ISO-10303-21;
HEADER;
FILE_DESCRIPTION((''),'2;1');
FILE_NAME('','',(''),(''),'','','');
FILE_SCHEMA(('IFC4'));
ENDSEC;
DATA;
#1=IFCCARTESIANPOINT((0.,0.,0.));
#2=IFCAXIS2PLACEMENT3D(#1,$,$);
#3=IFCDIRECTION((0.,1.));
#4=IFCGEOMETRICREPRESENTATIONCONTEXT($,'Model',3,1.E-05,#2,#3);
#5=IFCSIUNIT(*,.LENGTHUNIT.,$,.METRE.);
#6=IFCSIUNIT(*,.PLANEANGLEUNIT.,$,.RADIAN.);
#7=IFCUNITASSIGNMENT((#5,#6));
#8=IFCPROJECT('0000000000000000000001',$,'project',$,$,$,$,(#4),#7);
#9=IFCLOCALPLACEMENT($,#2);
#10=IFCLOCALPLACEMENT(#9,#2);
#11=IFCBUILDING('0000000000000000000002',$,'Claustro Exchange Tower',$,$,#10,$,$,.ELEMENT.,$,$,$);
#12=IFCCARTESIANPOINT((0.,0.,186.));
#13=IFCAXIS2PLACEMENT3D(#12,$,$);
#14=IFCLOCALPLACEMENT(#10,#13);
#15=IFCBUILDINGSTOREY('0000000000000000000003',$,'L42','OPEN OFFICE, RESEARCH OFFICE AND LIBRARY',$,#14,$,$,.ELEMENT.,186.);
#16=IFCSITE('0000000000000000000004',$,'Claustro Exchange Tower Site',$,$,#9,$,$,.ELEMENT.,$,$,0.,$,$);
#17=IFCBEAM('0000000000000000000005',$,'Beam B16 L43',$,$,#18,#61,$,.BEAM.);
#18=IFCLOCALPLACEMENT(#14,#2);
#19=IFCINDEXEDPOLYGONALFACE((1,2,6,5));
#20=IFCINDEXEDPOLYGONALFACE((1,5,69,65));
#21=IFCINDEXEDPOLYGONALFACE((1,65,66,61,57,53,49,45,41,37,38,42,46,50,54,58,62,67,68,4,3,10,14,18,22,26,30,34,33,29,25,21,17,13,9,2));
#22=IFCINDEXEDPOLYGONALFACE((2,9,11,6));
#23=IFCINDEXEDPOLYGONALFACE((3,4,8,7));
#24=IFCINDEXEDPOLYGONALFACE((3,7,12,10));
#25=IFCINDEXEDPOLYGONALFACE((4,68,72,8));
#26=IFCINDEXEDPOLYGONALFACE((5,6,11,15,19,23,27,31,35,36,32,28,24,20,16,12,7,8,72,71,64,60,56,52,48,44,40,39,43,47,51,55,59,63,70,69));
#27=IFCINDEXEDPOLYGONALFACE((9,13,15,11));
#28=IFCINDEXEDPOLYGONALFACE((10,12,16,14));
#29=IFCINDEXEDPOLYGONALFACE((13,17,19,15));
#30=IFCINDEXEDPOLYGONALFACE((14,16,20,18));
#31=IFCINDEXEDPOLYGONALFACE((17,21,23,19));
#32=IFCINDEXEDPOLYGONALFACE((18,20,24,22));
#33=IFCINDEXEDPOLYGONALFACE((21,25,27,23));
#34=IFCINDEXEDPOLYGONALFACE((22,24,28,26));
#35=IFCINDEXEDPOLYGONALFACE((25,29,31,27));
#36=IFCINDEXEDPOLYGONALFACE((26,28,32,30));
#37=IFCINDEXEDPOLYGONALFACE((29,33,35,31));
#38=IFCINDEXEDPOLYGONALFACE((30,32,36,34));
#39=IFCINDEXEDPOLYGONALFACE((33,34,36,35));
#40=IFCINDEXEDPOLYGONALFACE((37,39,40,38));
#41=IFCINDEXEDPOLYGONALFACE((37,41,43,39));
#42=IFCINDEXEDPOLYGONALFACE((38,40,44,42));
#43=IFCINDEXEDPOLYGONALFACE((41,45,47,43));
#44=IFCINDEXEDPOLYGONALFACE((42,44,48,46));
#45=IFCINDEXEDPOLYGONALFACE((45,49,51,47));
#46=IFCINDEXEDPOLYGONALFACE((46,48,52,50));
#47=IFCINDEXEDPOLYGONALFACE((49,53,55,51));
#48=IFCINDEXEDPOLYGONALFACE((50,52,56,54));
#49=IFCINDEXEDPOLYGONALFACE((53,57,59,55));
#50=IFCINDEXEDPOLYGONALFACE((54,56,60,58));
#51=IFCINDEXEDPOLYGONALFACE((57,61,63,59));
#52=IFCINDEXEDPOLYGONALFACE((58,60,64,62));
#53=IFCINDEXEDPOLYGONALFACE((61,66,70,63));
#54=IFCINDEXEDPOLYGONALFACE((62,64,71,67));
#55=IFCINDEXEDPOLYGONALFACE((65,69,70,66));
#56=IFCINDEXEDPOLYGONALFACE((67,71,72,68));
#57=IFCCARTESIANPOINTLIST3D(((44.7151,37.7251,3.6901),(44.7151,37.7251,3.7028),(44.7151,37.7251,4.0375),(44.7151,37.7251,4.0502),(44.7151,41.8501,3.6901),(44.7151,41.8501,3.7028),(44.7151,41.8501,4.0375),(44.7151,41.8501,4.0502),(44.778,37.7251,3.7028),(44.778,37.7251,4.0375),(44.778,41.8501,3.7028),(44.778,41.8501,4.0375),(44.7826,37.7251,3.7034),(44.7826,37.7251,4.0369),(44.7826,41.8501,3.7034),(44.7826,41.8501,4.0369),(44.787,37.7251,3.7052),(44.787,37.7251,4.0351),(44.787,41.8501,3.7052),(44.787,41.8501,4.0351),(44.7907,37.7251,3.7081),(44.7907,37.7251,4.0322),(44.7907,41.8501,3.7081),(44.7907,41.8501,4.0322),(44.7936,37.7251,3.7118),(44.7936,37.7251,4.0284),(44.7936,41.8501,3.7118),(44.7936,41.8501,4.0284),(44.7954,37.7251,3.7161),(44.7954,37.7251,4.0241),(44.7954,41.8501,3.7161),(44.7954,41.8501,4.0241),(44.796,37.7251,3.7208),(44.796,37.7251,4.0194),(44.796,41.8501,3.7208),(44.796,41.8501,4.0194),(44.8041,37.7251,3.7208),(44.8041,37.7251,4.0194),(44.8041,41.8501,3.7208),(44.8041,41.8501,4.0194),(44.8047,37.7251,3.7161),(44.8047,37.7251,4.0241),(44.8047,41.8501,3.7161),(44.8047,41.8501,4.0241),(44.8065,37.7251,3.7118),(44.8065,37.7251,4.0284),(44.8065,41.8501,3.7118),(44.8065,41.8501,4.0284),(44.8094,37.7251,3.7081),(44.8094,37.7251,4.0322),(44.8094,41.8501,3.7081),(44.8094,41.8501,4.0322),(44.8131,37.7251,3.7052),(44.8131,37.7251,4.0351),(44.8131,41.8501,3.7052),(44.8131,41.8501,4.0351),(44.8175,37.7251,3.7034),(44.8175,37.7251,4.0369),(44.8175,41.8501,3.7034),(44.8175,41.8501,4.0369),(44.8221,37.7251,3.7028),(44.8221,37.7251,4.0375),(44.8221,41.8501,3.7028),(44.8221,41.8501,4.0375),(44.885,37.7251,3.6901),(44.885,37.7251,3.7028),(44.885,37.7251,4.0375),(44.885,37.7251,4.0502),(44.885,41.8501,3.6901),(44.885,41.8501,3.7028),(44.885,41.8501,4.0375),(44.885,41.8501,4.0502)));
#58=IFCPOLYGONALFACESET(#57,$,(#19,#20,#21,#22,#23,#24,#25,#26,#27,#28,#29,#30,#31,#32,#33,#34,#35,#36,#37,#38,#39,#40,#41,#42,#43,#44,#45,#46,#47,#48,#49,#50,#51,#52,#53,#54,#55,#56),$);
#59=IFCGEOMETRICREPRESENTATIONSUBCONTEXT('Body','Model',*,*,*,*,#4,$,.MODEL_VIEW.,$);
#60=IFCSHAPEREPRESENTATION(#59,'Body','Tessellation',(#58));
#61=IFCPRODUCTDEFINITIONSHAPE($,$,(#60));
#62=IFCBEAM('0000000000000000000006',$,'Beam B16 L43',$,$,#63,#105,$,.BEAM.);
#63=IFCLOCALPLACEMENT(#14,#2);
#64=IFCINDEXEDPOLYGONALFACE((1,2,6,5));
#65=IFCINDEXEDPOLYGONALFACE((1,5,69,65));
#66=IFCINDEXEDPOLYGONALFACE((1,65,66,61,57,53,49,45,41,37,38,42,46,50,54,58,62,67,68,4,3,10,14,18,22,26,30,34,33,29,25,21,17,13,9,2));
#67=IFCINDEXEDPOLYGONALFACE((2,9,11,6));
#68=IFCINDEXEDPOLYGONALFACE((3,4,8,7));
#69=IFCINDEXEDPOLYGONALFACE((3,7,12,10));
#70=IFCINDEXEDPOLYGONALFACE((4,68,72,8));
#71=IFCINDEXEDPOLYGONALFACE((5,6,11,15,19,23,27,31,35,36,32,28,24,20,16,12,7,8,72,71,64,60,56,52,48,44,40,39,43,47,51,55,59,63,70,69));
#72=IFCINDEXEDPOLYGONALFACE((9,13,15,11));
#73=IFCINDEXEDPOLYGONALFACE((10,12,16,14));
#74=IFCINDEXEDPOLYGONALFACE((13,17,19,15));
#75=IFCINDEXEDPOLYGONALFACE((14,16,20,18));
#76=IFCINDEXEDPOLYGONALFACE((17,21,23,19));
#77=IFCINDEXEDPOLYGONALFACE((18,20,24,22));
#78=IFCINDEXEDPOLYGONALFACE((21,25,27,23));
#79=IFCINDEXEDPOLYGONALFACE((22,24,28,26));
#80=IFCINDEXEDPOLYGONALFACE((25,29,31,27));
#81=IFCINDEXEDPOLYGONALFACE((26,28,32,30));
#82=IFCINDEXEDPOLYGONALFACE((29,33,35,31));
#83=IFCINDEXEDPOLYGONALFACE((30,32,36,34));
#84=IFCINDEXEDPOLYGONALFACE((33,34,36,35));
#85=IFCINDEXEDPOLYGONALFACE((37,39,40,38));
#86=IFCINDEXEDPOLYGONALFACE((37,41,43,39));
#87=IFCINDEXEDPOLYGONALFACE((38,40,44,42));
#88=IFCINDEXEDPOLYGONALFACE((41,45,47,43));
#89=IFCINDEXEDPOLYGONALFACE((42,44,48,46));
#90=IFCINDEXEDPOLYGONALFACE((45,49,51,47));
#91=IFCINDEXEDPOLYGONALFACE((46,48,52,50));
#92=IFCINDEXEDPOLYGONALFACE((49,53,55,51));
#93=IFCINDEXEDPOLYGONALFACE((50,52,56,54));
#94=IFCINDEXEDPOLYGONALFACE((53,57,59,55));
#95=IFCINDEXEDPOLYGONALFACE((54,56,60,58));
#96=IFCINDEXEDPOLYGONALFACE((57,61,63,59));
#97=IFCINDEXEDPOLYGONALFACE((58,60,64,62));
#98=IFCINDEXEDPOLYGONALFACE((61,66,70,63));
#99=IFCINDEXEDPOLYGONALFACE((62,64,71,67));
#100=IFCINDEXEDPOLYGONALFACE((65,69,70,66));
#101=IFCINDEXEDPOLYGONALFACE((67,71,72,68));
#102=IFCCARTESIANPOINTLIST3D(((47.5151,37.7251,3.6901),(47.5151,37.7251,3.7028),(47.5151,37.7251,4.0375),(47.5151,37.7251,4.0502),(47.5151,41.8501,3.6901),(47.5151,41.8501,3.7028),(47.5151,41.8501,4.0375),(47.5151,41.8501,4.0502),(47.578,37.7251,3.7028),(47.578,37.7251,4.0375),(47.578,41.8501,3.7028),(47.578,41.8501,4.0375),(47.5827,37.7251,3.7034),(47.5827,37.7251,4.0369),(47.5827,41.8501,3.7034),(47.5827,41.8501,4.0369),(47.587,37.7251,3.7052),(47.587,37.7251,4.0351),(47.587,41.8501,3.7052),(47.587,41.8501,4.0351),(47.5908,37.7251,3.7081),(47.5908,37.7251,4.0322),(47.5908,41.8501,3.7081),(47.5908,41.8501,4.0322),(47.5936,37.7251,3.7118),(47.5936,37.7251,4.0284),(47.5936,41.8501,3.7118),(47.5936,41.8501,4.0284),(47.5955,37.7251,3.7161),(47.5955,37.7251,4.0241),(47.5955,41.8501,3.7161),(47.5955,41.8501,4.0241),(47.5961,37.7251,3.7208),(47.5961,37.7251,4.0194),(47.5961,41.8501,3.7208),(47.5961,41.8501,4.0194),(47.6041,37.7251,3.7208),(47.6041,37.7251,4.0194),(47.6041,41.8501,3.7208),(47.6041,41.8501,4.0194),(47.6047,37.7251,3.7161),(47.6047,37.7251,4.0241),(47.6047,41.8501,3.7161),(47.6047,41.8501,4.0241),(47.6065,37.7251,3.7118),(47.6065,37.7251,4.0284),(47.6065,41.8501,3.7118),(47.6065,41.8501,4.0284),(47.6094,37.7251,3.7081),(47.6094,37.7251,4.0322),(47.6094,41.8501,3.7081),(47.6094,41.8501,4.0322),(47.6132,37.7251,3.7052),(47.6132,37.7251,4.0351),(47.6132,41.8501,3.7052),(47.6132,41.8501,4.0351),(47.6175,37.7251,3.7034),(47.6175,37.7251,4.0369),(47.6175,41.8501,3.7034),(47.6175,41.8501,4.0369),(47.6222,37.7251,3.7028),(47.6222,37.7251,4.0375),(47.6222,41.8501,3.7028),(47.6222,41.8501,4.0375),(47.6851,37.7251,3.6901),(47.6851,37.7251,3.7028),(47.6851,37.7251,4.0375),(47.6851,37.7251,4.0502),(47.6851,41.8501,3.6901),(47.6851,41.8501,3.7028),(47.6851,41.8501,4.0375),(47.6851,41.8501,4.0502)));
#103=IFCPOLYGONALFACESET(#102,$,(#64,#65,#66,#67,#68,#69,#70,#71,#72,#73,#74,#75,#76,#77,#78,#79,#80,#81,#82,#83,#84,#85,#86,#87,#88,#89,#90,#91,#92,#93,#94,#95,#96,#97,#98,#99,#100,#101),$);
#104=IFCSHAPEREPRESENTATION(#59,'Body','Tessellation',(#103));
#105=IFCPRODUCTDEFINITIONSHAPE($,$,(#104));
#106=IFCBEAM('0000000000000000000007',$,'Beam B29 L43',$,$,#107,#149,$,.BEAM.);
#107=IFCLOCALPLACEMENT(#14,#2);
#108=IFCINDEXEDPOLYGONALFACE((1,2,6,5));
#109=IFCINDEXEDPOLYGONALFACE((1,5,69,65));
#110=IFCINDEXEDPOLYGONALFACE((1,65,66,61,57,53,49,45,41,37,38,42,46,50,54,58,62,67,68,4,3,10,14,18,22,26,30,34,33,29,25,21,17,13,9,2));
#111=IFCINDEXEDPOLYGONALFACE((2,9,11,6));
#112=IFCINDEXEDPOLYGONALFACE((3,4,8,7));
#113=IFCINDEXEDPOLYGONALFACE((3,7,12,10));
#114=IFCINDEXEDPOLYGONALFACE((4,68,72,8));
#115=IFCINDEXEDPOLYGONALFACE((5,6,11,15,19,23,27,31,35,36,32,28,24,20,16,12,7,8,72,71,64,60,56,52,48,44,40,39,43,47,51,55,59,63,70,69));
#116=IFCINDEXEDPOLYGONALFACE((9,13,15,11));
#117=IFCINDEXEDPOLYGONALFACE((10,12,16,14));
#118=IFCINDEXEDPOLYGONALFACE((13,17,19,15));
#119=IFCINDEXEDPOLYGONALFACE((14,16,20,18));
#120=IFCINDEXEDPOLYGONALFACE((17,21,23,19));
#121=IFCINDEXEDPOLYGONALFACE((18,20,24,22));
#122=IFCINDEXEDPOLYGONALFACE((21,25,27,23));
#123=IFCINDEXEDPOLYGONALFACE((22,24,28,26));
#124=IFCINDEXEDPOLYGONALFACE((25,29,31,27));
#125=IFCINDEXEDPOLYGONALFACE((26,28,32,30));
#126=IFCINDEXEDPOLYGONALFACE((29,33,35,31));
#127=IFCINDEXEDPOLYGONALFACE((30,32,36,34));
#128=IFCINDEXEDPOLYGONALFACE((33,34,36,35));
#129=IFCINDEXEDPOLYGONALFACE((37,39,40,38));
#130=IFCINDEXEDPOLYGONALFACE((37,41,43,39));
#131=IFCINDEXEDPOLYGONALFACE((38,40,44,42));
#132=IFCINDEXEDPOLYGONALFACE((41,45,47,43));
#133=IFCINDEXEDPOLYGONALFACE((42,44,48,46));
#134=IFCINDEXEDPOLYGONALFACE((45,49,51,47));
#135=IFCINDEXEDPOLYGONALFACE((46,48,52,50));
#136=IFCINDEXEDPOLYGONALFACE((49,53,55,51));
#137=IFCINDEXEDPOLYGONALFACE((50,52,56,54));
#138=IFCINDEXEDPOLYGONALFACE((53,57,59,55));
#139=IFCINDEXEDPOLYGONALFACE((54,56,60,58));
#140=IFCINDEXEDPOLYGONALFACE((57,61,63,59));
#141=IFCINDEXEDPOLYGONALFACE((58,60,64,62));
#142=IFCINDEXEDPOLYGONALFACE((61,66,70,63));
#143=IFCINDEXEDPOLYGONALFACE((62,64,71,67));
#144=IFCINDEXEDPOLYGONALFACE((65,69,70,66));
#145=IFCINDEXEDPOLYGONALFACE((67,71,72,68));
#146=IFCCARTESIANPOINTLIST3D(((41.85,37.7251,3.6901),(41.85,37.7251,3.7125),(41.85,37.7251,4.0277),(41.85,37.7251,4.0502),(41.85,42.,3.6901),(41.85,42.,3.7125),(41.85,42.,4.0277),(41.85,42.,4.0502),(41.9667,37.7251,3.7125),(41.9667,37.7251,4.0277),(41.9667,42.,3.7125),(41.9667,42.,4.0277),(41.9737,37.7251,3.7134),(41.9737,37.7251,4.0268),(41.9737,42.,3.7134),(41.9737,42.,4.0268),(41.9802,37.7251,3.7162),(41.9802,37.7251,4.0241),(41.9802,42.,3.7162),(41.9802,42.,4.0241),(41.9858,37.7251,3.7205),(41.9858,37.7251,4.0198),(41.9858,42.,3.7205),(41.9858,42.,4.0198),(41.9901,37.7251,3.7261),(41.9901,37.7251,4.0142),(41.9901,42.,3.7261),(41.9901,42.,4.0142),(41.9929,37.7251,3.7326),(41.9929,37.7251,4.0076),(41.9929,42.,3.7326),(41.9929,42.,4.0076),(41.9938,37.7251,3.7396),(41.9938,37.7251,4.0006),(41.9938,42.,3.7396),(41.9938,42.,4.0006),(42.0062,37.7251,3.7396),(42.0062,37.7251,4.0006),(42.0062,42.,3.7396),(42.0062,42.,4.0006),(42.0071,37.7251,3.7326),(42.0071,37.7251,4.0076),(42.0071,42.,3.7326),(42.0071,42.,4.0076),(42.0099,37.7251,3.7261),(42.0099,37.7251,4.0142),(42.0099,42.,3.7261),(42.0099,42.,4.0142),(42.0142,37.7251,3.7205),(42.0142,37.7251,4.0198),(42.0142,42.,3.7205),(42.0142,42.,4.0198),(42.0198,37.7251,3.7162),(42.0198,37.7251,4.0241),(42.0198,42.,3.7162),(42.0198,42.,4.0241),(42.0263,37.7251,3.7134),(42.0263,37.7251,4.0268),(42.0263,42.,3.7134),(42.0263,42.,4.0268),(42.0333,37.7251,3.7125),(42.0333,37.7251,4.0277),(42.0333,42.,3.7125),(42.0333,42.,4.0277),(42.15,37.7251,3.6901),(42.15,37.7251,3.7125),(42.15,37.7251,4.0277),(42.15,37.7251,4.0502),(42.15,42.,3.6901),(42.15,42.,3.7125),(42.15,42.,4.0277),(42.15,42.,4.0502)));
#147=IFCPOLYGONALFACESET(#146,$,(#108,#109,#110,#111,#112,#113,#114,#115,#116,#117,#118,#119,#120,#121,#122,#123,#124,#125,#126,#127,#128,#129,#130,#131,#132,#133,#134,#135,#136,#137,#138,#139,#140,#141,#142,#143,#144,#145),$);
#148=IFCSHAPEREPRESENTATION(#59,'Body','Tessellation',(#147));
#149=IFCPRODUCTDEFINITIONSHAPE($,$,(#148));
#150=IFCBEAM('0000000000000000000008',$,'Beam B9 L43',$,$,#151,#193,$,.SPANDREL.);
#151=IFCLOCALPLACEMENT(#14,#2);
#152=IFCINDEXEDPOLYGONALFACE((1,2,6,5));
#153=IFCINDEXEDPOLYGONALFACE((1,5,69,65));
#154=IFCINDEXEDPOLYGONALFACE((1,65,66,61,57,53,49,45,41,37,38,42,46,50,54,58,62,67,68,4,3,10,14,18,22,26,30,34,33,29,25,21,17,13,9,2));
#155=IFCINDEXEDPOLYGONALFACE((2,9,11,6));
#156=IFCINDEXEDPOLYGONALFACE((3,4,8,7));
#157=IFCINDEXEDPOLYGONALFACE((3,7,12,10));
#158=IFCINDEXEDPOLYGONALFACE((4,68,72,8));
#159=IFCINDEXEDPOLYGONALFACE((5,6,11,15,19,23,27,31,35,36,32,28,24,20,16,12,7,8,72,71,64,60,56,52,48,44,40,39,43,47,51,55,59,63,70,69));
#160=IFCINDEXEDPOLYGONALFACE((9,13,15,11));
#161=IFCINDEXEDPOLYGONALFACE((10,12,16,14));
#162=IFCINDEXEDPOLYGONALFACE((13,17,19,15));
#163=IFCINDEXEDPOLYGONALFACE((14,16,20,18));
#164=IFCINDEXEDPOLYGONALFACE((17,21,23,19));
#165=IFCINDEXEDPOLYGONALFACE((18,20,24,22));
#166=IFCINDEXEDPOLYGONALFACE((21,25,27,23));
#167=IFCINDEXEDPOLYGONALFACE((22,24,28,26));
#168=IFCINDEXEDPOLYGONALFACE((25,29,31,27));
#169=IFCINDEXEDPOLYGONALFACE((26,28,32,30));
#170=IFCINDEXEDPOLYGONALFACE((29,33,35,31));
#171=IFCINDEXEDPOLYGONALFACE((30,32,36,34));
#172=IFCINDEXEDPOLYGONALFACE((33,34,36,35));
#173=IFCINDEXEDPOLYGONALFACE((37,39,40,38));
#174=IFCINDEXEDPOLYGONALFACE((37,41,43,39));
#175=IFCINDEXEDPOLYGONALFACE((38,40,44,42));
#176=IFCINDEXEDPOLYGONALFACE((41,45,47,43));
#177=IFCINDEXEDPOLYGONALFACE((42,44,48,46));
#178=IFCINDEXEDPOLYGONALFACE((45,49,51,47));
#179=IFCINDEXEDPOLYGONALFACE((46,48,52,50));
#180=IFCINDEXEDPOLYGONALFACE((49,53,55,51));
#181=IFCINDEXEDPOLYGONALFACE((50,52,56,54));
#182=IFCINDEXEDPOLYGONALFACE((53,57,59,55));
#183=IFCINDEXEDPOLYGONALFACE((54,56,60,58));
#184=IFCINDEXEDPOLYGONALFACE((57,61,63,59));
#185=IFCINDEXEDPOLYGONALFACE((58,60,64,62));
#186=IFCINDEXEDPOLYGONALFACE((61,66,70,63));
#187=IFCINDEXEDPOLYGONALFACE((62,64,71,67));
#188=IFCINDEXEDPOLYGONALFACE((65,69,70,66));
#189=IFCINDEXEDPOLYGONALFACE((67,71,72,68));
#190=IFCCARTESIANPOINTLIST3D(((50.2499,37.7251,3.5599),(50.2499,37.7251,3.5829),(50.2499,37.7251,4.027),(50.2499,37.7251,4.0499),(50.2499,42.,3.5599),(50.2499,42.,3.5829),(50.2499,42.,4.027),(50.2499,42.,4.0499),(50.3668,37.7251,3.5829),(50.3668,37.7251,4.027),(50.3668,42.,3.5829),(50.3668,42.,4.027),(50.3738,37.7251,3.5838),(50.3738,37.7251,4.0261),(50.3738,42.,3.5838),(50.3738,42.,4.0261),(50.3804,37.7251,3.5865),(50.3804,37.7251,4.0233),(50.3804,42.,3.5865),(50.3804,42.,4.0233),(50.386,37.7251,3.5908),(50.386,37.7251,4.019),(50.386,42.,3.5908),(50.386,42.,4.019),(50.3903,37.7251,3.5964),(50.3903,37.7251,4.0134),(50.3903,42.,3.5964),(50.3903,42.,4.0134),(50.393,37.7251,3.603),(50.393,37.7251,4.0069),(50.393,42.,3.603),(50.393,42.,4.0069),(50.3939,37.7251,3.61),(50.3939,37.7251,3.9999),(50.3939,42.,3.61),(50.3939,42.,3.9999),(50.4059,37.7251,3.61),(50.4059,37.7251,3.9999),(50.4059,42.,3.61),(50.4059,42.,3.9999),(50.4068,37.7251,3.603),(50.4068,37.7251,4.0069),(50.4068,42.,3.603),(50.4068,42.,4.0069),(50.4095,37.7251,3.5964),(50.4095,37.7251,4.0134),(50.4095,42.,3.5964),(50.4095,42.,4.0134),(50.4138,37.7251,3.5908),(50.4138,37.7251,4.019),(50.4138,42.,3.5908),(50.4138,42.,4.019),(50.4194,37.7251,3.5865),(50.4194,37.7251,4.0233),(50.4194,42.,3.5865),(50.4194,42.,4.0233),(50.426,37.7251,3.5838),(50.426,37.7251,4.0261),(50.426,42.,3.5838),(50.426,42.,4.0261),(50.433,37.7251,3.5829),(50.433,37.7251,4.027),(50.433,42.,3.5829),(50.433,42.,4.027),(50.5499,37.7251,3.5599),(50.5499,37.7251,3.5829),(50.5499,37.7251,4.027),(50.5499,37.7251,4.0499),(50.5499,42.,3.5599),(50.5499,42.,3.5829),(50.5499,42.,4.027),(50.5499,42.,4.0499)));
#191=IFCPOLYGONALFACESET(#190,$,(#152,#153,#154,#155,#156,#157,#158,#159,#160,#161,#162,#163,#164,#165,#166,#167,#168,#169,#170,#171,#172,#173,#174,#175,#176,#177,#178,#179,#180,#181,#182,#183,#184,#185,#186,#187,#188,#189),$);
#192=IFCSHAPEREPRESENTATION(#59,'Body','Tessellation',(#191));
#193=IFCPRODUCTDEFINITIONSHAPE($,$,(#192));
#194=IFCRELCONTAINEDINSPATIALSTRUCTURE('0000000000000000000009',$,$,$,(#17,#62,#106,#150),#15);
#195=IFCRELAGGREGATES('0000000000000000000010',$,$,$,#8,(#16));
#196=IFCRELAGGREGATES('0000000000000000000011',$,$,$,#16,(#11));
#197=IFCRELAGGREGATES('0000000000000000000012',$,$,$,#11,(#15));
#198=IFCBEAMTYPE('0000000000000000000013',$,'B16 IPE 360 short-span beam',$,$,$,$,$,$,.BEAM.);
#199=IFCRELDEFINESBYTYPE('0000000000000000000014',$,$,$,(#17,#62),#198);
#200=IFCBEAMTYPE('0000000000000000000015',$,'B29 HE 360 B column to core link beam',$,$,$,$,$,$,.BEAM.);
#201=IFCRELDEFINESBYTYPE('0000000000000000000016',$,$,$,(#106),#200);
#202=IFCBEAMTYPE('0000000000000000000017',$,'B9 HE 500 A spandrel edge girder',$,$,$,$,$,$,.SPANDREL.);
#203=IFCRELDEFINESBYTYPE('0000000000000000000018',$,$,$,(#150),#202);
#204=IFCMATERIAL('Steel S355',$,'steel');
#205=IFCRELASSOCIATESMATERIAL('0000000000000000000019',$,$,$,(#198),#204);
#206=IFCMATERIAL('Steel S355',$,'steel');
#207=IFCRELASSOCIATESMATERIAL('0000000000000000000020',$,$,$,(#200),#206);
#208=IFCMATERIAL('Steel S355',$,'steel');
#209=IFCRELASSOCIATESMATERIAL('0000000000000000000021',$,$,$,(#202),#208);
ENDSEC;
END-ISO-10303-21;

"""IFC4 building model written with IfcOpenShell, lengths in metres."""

from ifc_helpers import new_model, si_unit, direction, frame, origin, origin_2d, place, context, subcontext, project, spatial, i_section, extrude, material, material_profile, profile_set, type_object, element, save


model = new_model("IFC4")

# Units and contexts
model_context = context("Model", 3, precision=1e-05, world=origin(), true_north=direction((0.0, 1.0)))
body_context = subcontext(model_context, "Body", "Model", "MODEL_VIEW")
ifc_project = project(units=[si_unit("LENGTHUNIT", "METRE"), si_unit("PLANEANGLEUNIT", "RADIAN")], contexts=[model_context])

# Site, building, storey
site_placement = place(None, origin())
site = spatial("IfcSite", under=ifc_project, at=site_placement, Name="Claustro Exchange Tower Site", CompositionType="ELEMENT", RefElevation=0.0)
building_placement = place(site_placement, origin())
building = spatial("IfcBuilding", under=site, at=building_placement, Name="Claustro Exchange Tower", CompositionType="ELEMENT")
storey_placement = place(building_placement, frame((0.0, 0.0, 186.0)))
storey = spatial("IfcBuildingStorey", under=building, at=storey_placement, Name="L42", Description="OPEN OFFICE, RESEARCH OFFICE AND LIBRARY", CompositionType="ELEMENT", Elevation=186.0)

# Beams
ifc_material_1 = material(Name="Steel S355", Category="steel")
ifc_material_profile_1 = material_profile(ifc_material_1, i_section(OverallWidth=0.1699, OverallDepth=0.3601, WebThickness=0.0081, FlangeThickness=0.0127, FilletRadius=0.0181, at=origin_2d()), Name="IPE 360")
ifc_profile_set_1 = profile_set([ifc_material_profile_1], Name="Steel S355")
beam_type_1 = type_object("IfcBeamType", Name="B16 IPE 360 short-span beam", PredefinedType="BEAM", material=ifc_profile_set_1)
for number, where, z_axis, x_axis, name in (
    (1, (44.8, 37.7251, 3.8701), (0.0, 1.0, 0.0), (-1.0, 0.0, 0.0), "Beam B16 L43"),
    (2, (47.6001, 37.7251, 3.8701), (0.0, 1.0, 0.0), (-1.0, 0.0, 0.0), "Beam B16 L43"),
):
    element("IfcBeam", number, at=place(storey_placement, frame(where, z_axis=z_axis, x_axis=x_axis)), inside=storey, type_object=beam_type_1, Name=name, PredefinedType="BEAM", context=body_context, shape_type="SweptSolid", body=[
        extrude(i_section(OverallWidth=0.1699, OverallDepth=0.3601, WebThickness=0.0081, FlangeThickness=0.0127, FilletRadius=0.0181, at=origin_2d()), origin(), (0.0, 0.0, 1.0), 4.125),
    ])
ifc_material_2 = material(Name="Steel S355", Category="steel")
ifc_material_profile_2 = material_profile(ifc_material_2, i_section(OverallWidth=0.3, OverallDepth=0.3601, WebThickness=0.0125, FlangeThickness=0.0225, FilletRadius=0.0271, at=origin_2d()), Name="HE 360 B")
ifc_profile_set_2 = profile_set([ifc_material_profile_2], Name="Steel S355")
beam_type_2 = type_object("IfcBeamType", Name="B29 HE 360 B column to core link beam", PredefinedType="BEAM", material=ifc_profile_set_2)
beam_1_placement = place(storey_placement, frame((42.0, 37.7251, 3.8701), z_axis=(0.0, 1.0, 0.0), x_axis=(-1.0, 0.0, 0.0)))
element("IfcBeam", 3, at=beam_1_placement, inside=storey, type_object=beam_type_2, Name="Beam B29 L43", PredefinedType="BEAM", context=body_context, shape_type="SweptSolid", body=[
    extrude(i_section(OverallWidth=0.3, OverallDepth=0.3601, WebThickness=0.0125, FlangeThickness=0.0225, FilletRadius=0.0271, at=origin_2d()), origin(), (0.0, 0.0, 1.0), 4.2749),
])
ifc_material_3 = material(Name="Steel S355", Category="steel")
ifc_material_profile_3 = material_profile(ifc_material_3, i_section(OverallWidth=0.3, OverallDepth=0.49, WebThickness=0.012, FlangeThickness=0.0229, FilletRadius=0.0271, at=origin_2d()), Name="HE 500 A")
ifc_profile_set_3 = profile_set([ifc_material_profile_3], Name="Steel S355")
beam_type_3 = type_object("IfcBeamType", Name="B9 HE 500 A spandrel edge girder", PredefinedType="SPANDREL", material=ifc_profile_set_3)
beam_2_placement = place(storey_placement, frame((50.3999, 37.7251, 3.8049), z_axis=(0.0, 1.0, 0.0), x_axis=(-1.0, 0.0, 0.0)))
element("IfcBeam", 4, at=beam_2_placement, inside=storey, type_object=beam_type_3, Name="Beam B9 L43", PredefinedType="SPANDREL", context=body_context, shape_type="SweptSolid", body=[
    extrude(i_section(OverallWidth=0.3, OverallDepth=0.49, WebThickness=0.012, FlangeThickness=0.0229, FilletRadius=0.0271, at=origin_2d()), origin(), (0.0, 0.0, 1.0), 4.2749),
])

save(model, "model.ifc")
